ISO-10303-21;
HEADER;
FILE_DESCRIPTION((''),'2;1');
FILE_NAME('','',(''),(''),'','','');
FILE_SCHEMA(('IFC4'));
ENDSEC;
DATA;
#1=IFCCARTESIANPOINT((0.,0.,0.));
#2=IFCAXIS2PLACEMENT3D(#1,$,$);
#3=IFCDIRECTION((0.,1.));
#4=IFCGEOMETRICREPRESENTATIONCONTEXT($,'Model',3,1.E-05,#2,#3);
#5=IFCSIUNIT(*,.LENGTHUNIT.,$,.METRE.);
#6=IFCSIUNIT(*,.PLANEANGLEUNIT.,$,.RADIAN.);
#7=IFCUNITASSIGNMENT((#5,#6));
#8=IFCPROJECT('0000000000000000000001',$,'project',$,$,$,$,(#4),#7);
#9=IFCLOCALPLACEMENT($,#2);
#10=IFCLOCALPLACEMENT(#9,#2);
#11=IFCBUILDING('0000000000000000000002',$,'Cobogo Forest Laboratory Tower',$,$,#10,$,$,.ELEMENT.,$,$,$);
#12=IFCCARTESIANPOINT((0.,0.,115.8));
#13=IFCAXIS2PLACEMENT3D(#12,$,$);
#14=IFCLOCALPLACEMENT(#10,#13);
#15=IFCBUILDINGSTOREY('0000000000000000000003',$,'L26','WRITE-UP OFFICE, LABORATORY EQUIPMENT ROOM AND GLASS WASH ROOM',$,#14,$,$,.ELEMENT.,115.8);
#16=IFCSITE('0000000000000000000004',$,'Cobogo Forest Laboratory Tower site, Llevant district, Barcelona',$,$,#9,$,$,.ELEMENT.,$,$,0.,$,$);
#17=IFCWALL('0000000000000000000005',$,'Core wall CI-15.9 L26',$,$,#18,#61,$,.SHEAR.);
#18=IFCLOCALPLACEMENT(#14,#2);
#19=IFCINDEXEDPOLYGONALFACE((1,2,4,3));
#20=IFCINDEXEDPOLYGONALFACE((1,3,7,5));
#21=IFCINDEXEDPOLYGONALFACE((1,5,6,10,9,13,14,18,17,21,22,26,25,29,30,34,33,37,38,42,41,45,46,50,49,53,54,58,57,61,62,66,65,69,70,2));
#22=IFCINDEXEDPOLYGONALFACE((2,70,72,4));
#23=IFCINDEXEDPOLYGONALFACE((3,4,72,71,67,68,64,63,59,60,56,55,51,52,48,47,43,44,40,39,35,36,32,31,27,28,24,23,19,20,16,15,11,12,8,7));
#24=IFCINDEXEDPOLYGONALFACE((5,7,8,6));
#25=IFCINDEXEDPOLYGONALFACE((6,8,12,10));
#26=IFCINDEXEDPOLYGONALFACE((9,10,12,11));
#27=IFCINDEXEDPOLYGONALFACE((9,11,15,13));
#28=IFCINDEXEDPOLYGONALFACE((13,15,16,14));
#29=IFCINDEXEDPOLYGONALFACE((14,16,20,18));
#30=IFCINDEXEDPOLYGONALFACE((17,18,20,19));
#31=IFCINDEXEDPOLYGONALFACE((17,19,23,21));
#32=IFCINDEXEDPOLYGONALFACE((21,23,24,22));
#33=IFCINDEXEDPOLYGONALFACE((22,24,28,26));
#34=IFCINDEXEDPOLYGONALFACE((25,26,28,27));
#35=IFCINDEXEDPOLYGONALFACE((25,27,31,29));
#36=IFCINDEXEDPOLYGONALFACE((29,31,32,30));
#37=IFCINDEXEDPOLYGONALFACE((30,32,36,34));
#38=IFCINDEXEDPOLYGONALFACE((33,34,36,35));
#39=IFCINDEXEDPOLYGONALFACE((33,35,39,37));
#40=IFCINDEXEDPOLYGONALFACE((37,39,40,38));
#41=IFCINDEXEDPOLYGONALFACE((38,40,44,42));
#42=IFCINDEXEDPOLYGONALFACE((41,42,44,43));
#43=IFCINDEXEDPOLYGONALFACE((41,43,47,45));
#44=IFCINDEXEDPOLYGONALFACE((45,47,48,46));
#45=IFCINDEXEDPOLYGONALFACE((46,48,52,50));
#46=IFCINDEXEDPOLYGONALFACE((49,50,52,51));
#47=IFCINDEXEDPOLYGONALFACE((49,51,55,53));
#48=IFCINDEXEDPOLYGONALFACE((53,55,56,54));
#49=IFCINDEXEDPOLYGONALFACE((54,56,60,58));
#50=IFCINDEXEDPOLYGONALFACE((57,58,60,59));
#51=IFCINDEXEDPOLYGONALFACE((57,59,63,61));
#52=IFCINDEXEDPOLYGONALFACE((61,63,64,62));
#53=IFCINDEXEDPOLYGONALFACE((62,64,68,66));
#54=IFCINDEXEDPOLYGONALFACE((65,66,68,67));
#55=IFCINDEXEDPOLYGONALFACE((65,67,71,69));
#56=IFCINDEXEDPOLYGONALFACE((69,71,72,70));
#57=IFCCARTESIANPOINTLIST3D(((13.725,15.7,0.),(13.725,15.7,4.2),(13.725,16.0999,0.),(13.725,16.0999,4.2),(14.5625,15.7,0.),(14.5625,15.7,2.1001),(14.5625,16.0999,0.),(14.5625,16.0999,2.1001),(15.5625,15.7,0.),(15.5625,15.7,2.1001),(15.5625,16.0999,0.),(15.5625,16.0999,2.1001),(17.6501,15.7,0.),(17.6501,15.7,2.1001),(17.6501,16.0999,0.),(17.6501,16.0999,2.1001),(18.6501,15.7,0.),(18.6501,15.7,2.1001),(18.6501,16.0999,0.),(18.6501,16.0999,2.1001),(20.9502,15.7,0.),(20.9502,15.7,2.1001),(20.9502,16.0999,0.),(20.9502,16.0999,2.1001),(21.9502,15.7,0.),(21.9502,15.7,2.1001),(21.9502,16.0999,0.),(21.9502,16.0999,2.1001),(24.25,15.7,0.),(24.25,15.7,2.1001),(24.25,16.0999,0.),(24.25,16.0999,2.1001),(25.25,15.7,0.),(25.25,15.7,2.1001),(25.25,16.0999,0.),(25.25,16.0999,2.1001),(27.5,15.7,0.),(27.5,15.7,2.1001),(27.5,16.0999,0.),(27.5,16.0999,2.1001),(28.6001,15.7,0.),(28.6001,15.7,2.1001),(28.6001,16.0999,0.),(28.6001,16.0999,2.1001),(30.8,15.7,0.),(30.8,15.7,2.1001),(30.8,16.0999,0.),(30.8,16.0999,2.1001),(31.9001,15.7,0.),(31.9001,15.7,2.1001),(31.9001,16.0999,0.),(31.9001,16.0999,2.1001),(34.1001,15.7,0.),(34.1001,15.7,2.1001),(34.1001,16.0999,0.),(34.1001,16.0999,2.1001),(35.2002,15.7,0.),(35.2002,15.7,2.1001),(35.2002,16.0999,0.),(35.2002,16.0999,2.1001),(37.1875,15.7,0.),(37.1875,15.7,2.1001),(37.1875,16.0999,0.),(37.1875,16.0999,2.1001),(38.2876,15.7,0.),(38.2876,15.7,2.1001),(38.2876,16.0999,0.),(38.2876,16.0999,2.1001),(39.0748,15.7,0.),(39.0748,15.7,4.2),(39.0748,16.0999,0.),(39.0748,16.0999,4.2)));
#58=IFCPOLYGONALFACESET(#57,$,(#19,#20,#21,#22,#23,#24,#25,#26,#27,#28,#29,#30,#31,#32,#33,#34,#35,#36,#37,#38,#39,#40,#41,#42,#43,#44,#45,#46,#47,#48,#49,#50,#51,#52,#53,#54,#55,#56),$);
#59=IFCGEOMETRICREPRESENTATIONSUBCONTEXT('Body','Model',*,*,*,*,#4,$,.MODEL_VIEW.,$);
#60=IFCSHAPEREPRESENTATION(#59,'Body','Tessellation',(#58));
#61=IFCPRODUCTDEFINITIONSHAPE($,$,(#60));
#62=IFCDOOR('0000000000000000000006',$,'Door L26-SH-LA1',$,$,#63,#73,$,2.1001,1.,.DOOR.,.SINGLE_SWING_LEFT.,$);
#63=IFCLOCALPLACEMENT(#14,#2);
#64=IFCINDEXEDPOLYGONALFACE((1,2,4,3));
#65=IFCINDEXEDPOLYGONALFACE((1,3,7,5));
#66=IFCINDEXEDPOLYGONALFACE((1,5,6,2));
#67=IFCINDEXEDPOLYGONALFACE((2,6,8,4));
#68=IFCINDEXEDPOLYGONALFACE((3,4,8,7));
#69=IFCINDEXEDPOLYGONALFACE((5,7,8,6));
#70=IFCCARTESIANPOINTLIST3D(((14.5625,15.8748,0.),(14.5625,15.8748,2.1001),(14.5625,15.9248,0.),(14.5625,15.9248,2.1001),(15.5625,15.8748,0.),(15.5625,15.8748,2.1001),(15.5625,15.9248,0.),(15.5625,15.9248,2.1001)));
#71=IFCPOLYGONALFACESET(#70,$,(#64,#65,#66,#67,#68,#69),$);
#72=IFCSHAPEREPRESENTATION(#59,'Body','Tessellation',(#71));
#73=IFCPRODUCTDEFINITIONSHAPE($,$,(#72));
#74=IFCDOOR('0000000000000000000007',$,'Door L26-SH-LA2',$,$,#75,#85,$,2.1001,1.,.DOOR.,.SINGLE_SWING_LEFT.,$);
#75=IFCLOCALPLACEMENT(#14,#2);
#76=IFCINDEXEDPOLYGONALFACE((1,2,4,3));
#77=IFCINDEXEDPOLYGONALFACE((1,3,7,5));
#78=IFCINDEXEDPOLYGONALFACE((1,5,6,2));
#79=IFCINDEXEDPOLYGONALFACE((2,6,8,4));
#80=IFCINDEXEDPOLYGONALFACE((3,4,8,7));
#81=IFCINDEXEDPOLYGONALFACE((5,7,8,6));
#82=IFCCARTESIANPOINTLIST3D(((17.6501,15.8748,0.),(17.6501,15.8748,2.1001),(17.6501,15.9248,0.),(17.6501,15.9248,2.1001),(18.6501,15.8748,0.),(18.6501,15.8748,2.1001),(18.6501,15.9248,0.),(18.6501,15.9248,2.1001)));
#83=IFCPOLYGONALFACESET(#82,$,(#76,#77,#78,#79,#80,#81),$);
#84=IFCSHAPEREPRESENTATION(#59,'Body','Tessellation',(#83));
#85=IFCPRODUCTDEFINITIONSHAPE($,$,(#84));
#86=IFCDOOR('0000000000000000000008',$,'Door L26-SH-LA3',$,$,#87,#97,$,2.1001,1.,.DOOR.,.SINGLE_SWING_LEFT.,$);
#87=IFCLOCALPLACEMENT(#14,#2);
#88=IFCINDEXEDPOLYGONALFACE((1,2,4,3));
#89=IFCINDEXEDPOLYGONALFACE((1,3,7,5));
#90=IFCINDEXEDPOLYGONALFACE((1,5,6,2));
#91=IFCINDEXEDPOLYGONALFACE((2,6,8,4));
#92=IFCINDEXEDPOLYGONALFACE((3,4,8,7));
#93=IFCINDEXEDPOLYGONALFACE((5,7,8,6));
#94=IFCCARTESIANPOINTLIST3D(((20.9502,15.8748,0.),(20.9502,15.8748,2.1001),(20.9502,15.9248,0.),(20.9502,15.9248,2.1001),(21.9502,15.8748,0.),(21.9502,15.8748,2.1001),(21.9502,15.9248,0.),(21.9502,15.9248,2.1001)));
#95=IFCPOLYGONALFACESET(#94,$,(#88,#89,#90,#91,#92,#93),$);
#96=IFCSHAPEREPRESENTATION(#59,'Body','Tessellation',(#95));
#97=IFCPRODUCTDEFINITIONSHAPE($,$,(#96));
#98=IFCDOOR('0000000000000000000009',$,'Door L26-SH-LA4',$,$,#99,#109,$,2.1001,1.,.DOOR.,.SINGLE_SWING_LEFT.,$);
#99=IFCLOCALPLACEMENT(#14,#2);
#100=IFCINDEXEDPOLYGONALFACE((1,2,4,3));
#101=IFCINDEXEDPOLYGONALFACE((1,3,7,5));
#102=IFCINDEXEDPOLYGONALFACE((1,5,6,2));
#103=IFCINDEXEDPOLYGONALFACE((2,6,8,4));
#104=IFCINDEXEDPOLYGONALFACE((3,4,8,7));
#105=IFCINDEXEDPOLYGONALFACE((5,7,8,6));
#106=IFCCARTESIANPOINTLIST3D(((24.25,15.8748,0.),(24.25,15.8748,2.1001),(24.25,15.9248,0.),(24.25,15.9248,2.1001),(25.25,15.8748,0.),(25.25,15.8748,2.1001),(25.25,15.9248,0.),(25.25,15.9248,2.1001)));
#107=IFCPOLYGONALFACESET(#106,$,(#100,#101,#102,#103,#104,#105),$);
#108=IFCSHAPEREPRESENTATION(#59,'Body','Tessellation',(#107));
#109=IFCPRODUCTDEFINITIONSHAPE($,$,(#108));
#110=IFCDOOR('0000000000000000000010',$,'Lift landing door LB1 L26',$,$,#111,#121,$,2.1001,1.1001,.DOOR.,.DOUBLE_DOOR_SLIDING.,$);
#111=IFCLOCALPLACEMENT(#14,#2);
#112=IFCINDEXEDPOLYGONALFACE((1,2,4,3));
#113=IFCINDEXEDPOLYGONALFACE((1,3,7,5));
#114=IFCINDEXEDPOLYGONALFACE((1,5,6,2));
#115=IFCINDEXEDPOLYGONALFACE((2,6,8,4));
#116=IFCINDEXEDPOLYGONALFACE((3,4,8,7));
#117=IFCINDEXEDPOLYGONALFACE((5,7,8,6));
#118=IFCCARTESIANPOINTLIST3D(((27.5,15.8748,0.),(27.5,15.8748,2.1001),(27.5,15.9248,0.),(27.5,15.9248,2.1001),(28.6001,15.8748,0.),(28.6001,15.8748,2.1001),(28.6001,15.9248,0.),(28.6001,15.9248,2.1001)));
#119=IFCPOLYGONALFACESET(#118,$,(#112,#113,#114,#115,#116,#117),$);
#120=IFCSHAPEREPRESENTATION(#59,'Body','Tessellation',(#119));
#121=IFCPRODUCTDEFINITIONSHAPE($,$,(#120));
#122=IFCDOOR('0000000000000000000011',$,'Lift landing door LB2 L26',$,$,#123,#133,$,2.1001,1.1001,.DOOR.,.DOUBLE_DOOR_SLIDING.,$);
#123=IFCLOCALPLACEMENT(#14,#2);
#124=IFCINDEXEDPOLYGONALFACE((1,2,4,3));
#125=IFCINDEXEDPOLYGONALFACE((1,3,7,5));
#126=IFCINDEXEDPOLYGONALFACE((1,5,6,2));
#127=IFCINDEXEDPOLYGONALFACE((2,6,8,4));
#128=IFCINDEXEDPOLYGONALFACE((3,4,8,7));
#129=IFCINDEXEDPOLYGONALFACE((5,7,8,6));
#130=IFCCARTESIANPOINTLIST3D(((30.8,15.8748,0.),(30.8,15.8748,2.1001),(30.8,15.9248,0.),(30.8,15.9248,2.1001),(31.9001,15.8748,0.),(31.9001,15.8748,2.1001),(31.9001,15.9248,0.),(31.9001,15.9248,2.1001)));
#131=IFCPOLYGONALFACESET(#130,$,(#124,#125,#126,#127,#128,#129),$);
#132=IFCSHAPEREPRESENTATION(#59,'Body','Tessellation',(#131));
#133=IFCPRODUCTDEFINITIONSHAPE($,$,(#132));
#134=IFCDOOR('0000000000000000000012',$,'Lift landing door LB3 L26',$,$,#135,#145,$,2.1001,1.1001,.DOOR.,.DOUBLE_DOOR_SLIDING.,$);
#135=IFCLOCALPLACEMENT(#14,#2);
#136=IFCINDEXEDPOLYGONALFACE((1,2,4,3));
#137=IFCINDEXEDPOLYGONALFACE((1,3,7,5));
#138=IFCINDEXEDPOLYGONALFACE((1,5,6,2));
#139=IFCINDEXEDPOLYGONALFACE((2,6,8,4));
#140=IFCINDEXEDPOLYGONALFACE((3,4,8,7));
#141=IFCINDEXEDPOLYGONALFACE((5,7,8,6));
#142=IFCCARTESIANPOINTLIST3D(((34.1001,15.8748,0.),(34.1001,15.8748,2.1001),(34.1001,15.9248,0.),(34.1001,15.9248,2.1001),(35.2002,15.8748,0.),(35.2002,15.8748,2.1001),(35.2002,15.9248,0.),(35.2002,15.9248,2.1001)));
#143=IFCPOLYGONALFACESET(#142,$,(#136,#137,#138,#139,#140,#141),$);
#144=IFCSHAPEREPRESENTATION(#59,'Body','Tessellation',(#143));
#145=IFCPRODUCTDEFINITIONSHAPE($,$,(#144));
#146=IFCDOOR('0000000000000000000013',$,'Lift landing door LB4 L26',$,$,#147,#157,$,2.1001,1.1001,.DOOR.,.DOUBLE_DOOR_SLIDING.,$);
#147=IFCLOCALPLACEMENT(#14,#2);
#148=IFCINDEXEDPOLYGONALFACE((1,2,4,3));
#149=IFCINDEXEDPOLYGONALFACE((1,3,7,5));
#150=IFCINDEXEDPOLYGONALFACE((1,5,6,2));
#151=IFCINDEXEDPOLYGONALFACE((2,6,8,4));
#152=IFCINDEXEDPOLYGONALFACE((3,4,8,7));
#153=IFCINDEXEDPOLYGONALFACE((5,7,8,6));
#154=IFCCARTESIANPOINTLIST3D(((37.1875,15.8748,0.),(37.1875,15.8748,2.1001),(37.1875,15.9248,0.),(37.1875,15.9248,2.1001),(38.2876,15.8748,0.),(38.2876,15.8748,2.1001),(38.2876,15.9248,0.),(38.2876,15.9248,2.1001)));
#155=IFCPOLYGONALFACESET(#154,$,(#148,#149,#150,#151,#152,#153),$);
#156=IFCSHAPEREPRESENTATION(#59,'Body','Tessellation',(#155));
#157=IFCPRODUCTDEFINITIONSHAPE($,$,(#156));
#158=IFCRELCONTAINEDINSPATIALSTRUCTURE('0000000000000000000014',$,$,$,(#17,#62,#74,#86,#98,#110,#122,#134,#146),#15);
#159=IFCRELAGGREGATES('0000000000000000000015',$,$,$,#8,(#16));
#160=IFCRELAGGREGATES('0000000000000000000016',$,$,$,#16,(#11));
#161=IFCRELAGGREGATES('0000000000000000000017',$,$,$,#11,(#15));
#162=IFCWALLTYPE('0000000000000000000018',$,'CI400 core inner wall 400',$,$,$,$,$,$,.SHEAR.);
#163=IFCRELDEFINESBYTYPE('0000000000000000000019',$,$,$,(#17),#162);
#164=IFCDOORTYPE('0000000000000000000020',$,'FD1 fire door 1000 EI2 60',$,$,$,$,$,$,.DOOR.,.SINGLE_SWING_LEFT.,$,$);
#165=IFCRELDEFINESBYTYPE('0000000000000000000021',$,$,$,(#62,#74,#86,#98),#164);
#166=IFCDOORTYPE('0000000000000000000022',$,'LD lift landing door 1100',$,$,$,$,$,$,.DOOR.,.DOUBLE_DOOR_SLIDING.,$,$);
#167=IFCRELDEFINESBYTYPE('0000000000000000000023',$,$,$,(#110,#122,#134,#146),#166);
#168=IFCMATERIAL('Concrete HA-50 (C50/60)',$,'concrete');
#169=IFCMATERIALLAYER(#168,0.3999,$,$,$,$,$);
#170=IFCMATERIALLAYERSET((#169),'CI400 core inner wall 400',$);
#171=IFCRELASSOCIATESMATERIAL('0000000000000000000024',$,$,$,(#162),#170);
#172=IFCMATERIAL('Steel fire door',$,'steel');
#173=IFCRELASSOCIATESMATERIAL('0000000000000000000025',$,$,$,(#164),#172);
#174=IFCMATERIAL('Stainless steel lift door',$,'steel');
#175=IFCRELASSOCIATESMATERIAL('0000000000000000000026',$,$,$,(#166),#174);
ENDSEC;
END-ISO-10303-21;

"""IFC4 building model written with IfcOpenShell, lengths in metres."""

from ifc_helpers import new_model, si_unit, direction, frame, frame_2d, origin, place, context, subcontext, project, spatial, rectangle, extrude, material, layer, layer_set, type_object, element, fill, save


model = new_model("IFC4")

# Units and contexts
model_context = context("Model", 3, precision=1e-05, world=origin(), true_north=direction((0.0, 1.0)))
body_context = subcontext(model_context, "Body", "Model", "MODEL_VIEW")
ifc_project = project(units=[si_unit("LENGTHUNIT", "METRE"), si_unit("PLANEANGLEUNIT", "RADIAN")], contexts=[model_context])

# Site, building, storey
site_placement = place(None, origin())
site = spatial("IfcSite", under=ifc_project, at=site_placement, Name="Cobogo Forest Laboratory Tower site, Llevant district, Barcelona", CompositionType="ELEMENT", RefElevation=0.0)
building_placement = place(site_placement, origin())
building = spatial("IfcBuilding", under=site, at=building_placement, Name="Cobogo Forest Laboratory Tower", CompositionType="ELEMENT")
storey_placement = place(building_placement, frame((0.0, 0.0, 115.8)))
storey = spatial("IfcBuildingStorey", under=building, at=storey_placement, Name="L26", Description="WRITE-UP OFFICE, LABORATORY EQUIPMENT ROOM AND GLASS WASH ROOM", CompositionType="ELEMENT", Elevation=115.8)

# Wall, openings, doors
ifc_material_1 = material(Name="Concrete HA-50 (C50/60)", Category="concrete")
ifc_layer = layer(ifc_material_1, 0.3999)
ifc_layer_set = layer_set([ifc_layer], Name="CI400 core inner wall 400")
wall_type = type_object("IfcWallType", Name="CI400 core inner wall 400", PredefinedType="SHEAR", material=ifc_layer_set)
wall_1_placement = place(storey_placement, frame((13.7251, 15.8999, 0.0), z_axis=(0.0, 0.0, 1.0), x_axis=(1.0, 0.0, 0.0)))
wall_1 = element("IfcWall", 1, at=wall_1_placement, inside=storey, type_object=wall_type, Name="Core wall CI-15.9 L26", PredefinedType="SHEAR", context=body_context, shape_type="SweptSolid", body=[
    extrude(rectangle(XDim=25.3499, YDim=0.3999, at=frame_2d((12.6748, 0.0))), origin(), (0.0, 0.0, 1.0), 4.2),
])
opening_1_placement = place(wall_1_placement, frame((0.8374, 0.0, 0.0)))
opening_1 = element("IfcOpeningElement", 2, at=opening_1_placement, cuts=wall_1, PredefinedType="OPENING", context=body_context, shape_type="SweptSolid", body=[
    extrude(rectangle(XDim=1.0, YDim=2.1001, at=frame_2d((0.5, 1.05))), frame((0.0, 0.21, 0.0), z_axis=(0.0, -1.0, 0.0), x_axis=(1.0, 0.0, 0.0)), (0.0, 0.0, 1.0), 0.4199),
])
opening_2_placement = place(wall_1_placement, frame((3.925, 0.0, 0.0)))
opening_2 = element("IfcOpeningElement", 3, at=opening_2_placement, cuts=wall_1, PredefinedType="OPENING", context=body_context, shape_type="SweptSolid", body=[
    extrude(rectangle(XDim=1.0, YDim=2.1001, at=frame_2d((0.5, 1.05))), frame((0.0, 0.21, 0.0), z_axis=(0.0, -1.0, 0.0), x_axis=(1.0, 0.0, 0.0)), (0.0, 0.0, 1.0), 0.4199),
])
opening_3_placement = place(wall_1_placement, frame((7.2251, 0.0, 0.0)))
opening_3 = element("IfcOpeningElement", 4, at=opening_3_placement, cuts=wall_1, PredefinedType="OPENING", context=body_context, shape_type="SweptSolid", body=[
    extrude(rectangle(XDim=1.0, YDim=2.1001, at=frame_2d((0.5, 1.05))), frame((0.0, 0.21, 0.0), z_axis=(0.0, -1.0, 0.0), x_axis=(1.0, 0.0, 0.0)), (0.0, 0.0, 1.0), 0.4199),
])
opening_4_placement = place(wall_1_placement, frame((10.5249, 0.0, 0.0)))
opening_4 = element("IfcOpeningElement", 5, at=opening_4_placement, cuts=wall_1, PredefinedType="OPENING", context=body_context, shape_type="SweptSolid", body=[
    extrude(rectangle(XDim=1.0, YDim=2.1001, at=frame_2d((0.5, 1.05))), frame((0.0, 0.21, 0.0), z_axis=(0.0, -1.0, 0.0), x_axis=(1.0, 0.0, 0.0)), (0.0, 0.0, 1.0), 0.4199),
])
opening_5_placement = place(wall_1_placement, frame((13.7749, 0.0, 0.0)))
opening_5 = element("IfcOpeningElement", 6, at=opening_5_placement, cuts=wall_1, PredefinedType="OPENING", context=body_context, shape_type="SweptSolid", body=[
    extrude(rectangle(XDim=1.1001, YDim=2.1001, at=frame_2d((0.55, 1.05))), frame((0.0, 0.21, 0.0), z_axis=(0.0, -1.0, 0.0), x_axis=(1.0, 0.0, 0.0)), (0.0, 0.0, 1.0), 0.4199),
])
opening_6_placement = place(wall_1_placement, frame((17.075, 0.0, 0.0)))
opening_6 = element("IfcOpeningElement", 7, at=opening_6_placement, cuts=wall_1, PredefinedType="OPENING", context=body_context, shape_type="SweptSolid", body=[
    extrude(rectangle(XDim=1.1001, YDim=2.1001, at=frame_2d((0.55, 1.05))), frame((0.0, 0.21, 0.0), z_axis=(0.0, -1.0, 0.0), x_axis=(1.0, 0.0, 0.0)), (0.0, 0.0, 1.0), 0.4199),
])
opening_7_placement = place(wall_1_placement, frame((20.375, 0.0, 0.0)))
opening_7 = element("IfcOpeningElement", 8, at=opening_7_placement, cuts=wall_1, PredefinedType="OPENING", context=body_context, shape_type="SweptSolid", body=[
    extrude(rectangle(XDim=1.1001, YDim=2.1001, at=frame_2d((0.55, 1.05))), frame((0.0, 0.21, 0.0), z_axis=(0.0, -1.0, 0.0), x_axis=(1.0, 0.0, 0.0)), (0.0, 0.0, 1.0), 0.4199),
])
opening_8_placement = place(wall_1_placement, frame((23.4624, 0.0, 0.0)))
opening_8 = element("IfcOpeningElement", 9, at=opening_8_placement, cuts=wall_1, PredefinedType="OPENING", context=body_context, shape_type="SweptSolid", body=[
    extrude(rectangle(XDim=1.1001, YDim=2.1001, at=frame_2d((0.55, 1.05))), frame((0.0, 0.21, 0.0), z_axis=(0.0, -1.0, 0.0), x_axis=(1.0, 0.0, 0.0)), (0.0, 0.0, 1.0), 0.4199),
])
ifc_material_2 = material(Name="Steel fire door", Category="steel")
door_type_1 = type_object("IfcDoorType", Name="FD1 fire door 1000 EI2 60", OperationType="SINGLE_SWING_LEFT", PredefinedType="DOOR", material=ifc_material_2)
door_1_placement = place(opening_1_placement, origin())
door_1 = element("IfcDoor", 10, at=door_1_placement, inside=storey, type_object=door_type_1, Name="Door L26-SH-LA1", OperationType="SINGLE_SWING_LEFT", OverallHeight=2.1001, OverallWidth=1.0, PredefinedType="DOOR", context=body_context, shape_type="SweptSolid", body=[
    extrude(rectangle(XDim=1.0, YDim=2.1001, at=frame_2d((0.5, 1.05))), frame((0.0, 0.0249, 0.0), z_axis=(0.0, -1.0, 0.0), x_axis=(1.0, 0.0, 0.0)), (0.0, 0.0, 1.0), 0.05),
])
fill(opening_1, door_1)
door_2_placement = place(opening_2_placement, origin())
door_2 = element("IfcDoor", 11, at=door_2_placement, inside=storey, type_object=door_type_1, Name="Door L26-SH-LA2", OperationType="SINGLE_SWING_LEFT", OverallHeight=2.1001, OverallWidth=1.0, PredefinedType="DOOR", context=body_context, shape_type="SweptSolid", body=[
    extrude(rectangle(XDim=1.0, YDim=2.1001, at=frame_2d((0.5, 1.05))), frame((0.0, 0.0249, 0.0), z_axis=(0.0, -1.0, 0.0), x_axis=(1.0, 0.0, 0.0)), (0.0, 0.0, 1.0), 0.05),
])
fill(opening_2, door_2)
door_3_placement = place(opening_3_placement, origin())
door_3 = element("IfcDoor", 12, at=door_3_placement, inside=storey, type_object=door_type_1, Name="Door L26-SH-LA3", OperationType="SINGLE_SWING_LEFT", OverallHeight=2.1001, OverallWidth=1.0, PredefinedType="DOOR", context=body_context, shape_type="SweptSolid", body=[
    extrude(rectangle(XDim=1.0, YDim=2.1001, at=frame_2d((0.5, 1.05))), frame((0.0, 0.0249, 0.0), z_axis=(0.0, -1.0, 0.0), x_axis=(1.0, 0.0, 0.0)), (0.0, 0.0, 1.0), 0.05),
])
fill(opening_3, door_3)
door_4_placement = place(opening_4_placement, origin())
door_4 = element("IfcDoor", 13, at=door_4_placement, inside=storey, type_object=door_type_1, Name="Door L26-SH-LA4", OperationType="SINGLE_SWING_LEFT", OverallHeight=2.1001, OverallWidth=1.0, PredefinedType="DOOR", context=body_context, shape_type="SweptSolid", body=[
    extrude(rectangle(XDim=1.0, YDim=2.1001, at=frame_2d((0.5, 1.05))), frame((0.0, 0.0249, 0.0), z_axis=(0.0, -1.0, 0.0), x_axis=(1.0, 0.0, 0.0)), (0.0, 0.0, 1.0), 0.05),
])
fill(opening_4, door_4)
ifc_material_3 = material(Name="Stainless steel lift door", Category="steel")
door_type_2 = type_object("IfcDoorType", Name="LD lift landing door 1100", OperationType="DOUBLE_DOOR_SLIDING", PredefinedType="DOOR", material=ifc_material_3)
door_5_placement = place(opening_5_placement, origin())
door_5 = element("IfcDoor", 14, at=door_5_placement, inside=storey, type_object=door_type_2, Name="Lift landing door LB1 L26", OperationType="DOUBLE_DOOR_SLIDING", OverallHeight=2.1001, OverallWidth=1.1001, PredefinedType="DOOR", context=body_context, shape_type="SweptSolid", body=[
    extrude(rectangle(XDim=1.1001, YDim=2.1001, at=frame_2d((0.55, 1.05))), frame((0.0, 0.0249, 0.0), z_axis=(0.0, -1.0, 0.0), x_axis=(1.0, 0.0, 0.0)), (0.0, 0.0, 1.0), 0.05),
])
fill(opening_5, door_5)
door_6_placement = place(opening_6_placement, origin())
door_6 = element("IfcDoor", 15, at=door_6_placement, inside=storey, type_object=door_type_2, Name="Lift landing door LB2 L26", OperationType="DOUBLE_DOOR_SLIDING", OverallHeight=2.1001, OverallWidth=1.1001, PredefinedType="DOOR", context=body_context, shape_type="SweptSolid", body=[
    extrude(rectangle(XDim=1.1001, YDim=2.1001, at=frame_2d((0.55, 1.05))), frame((0.0, 0.0249, 0.0), z_axis=(0.0, -1.0, 0.0), x_axis=(1.0, 0.0, 0.0)), (0.0, 0.0, 1.0), 0.05),
])
fill(opening_6, door_6)
door_7_placement = place(opening_7_placement, origin())
door_7 = element("IfcDoor", 16, at=door_7_placement, inside=storey, type_object=door_type_2, Name="Lift landing door LB3 L26", OperationType="DOUBLE_DOOR_SLIDING", OverallHeight=2.1001, OverallWidth=1.1001, PredefinedType="DOOR", context=body_context, shape_type="SweptSolid", body=[
    extrude(rectangle(XDim=1.1001, YDim=2.1001, at=frame_2d((0.55, 1.05))), frame((0.0, 0.0249, 0.0), z_axis=(0.0, -1.0, 0.0), x_axis=(1.0, 0.0, 0.0)), (0.0, 0.0, 1.0), 0.05),
])
fill(opening_7, door_7)
door_8_placement = place(opening_8_placement, origin())
door_8 = element("IfcDoor", 17, at=door_8_placement, inside=storey, type_object=door_type_2, Name="Lift landing door LB4 L26", OperationType="DOUBLE_DOOR_SLIDING", OverallHeight=2.1001, OverallWidth=1.1001, PredefinedType="DOOR", context=body_context, shape_type="SweptSolid", body=[
    extrude(rectangle(XDim=1.1001, YDim=2.1001, at=frame_2d((0.55, 1.05))), frame((0.0, 0.0249, 0.0), z_axis=(0.0, -1.0, 0.0), x_axis=(1.0, 0.0, 0.0)), (0.0, 0.0, 1.0), 0.05),
])
fill(opening_8, door_8)

save(model, "model.ifc")
